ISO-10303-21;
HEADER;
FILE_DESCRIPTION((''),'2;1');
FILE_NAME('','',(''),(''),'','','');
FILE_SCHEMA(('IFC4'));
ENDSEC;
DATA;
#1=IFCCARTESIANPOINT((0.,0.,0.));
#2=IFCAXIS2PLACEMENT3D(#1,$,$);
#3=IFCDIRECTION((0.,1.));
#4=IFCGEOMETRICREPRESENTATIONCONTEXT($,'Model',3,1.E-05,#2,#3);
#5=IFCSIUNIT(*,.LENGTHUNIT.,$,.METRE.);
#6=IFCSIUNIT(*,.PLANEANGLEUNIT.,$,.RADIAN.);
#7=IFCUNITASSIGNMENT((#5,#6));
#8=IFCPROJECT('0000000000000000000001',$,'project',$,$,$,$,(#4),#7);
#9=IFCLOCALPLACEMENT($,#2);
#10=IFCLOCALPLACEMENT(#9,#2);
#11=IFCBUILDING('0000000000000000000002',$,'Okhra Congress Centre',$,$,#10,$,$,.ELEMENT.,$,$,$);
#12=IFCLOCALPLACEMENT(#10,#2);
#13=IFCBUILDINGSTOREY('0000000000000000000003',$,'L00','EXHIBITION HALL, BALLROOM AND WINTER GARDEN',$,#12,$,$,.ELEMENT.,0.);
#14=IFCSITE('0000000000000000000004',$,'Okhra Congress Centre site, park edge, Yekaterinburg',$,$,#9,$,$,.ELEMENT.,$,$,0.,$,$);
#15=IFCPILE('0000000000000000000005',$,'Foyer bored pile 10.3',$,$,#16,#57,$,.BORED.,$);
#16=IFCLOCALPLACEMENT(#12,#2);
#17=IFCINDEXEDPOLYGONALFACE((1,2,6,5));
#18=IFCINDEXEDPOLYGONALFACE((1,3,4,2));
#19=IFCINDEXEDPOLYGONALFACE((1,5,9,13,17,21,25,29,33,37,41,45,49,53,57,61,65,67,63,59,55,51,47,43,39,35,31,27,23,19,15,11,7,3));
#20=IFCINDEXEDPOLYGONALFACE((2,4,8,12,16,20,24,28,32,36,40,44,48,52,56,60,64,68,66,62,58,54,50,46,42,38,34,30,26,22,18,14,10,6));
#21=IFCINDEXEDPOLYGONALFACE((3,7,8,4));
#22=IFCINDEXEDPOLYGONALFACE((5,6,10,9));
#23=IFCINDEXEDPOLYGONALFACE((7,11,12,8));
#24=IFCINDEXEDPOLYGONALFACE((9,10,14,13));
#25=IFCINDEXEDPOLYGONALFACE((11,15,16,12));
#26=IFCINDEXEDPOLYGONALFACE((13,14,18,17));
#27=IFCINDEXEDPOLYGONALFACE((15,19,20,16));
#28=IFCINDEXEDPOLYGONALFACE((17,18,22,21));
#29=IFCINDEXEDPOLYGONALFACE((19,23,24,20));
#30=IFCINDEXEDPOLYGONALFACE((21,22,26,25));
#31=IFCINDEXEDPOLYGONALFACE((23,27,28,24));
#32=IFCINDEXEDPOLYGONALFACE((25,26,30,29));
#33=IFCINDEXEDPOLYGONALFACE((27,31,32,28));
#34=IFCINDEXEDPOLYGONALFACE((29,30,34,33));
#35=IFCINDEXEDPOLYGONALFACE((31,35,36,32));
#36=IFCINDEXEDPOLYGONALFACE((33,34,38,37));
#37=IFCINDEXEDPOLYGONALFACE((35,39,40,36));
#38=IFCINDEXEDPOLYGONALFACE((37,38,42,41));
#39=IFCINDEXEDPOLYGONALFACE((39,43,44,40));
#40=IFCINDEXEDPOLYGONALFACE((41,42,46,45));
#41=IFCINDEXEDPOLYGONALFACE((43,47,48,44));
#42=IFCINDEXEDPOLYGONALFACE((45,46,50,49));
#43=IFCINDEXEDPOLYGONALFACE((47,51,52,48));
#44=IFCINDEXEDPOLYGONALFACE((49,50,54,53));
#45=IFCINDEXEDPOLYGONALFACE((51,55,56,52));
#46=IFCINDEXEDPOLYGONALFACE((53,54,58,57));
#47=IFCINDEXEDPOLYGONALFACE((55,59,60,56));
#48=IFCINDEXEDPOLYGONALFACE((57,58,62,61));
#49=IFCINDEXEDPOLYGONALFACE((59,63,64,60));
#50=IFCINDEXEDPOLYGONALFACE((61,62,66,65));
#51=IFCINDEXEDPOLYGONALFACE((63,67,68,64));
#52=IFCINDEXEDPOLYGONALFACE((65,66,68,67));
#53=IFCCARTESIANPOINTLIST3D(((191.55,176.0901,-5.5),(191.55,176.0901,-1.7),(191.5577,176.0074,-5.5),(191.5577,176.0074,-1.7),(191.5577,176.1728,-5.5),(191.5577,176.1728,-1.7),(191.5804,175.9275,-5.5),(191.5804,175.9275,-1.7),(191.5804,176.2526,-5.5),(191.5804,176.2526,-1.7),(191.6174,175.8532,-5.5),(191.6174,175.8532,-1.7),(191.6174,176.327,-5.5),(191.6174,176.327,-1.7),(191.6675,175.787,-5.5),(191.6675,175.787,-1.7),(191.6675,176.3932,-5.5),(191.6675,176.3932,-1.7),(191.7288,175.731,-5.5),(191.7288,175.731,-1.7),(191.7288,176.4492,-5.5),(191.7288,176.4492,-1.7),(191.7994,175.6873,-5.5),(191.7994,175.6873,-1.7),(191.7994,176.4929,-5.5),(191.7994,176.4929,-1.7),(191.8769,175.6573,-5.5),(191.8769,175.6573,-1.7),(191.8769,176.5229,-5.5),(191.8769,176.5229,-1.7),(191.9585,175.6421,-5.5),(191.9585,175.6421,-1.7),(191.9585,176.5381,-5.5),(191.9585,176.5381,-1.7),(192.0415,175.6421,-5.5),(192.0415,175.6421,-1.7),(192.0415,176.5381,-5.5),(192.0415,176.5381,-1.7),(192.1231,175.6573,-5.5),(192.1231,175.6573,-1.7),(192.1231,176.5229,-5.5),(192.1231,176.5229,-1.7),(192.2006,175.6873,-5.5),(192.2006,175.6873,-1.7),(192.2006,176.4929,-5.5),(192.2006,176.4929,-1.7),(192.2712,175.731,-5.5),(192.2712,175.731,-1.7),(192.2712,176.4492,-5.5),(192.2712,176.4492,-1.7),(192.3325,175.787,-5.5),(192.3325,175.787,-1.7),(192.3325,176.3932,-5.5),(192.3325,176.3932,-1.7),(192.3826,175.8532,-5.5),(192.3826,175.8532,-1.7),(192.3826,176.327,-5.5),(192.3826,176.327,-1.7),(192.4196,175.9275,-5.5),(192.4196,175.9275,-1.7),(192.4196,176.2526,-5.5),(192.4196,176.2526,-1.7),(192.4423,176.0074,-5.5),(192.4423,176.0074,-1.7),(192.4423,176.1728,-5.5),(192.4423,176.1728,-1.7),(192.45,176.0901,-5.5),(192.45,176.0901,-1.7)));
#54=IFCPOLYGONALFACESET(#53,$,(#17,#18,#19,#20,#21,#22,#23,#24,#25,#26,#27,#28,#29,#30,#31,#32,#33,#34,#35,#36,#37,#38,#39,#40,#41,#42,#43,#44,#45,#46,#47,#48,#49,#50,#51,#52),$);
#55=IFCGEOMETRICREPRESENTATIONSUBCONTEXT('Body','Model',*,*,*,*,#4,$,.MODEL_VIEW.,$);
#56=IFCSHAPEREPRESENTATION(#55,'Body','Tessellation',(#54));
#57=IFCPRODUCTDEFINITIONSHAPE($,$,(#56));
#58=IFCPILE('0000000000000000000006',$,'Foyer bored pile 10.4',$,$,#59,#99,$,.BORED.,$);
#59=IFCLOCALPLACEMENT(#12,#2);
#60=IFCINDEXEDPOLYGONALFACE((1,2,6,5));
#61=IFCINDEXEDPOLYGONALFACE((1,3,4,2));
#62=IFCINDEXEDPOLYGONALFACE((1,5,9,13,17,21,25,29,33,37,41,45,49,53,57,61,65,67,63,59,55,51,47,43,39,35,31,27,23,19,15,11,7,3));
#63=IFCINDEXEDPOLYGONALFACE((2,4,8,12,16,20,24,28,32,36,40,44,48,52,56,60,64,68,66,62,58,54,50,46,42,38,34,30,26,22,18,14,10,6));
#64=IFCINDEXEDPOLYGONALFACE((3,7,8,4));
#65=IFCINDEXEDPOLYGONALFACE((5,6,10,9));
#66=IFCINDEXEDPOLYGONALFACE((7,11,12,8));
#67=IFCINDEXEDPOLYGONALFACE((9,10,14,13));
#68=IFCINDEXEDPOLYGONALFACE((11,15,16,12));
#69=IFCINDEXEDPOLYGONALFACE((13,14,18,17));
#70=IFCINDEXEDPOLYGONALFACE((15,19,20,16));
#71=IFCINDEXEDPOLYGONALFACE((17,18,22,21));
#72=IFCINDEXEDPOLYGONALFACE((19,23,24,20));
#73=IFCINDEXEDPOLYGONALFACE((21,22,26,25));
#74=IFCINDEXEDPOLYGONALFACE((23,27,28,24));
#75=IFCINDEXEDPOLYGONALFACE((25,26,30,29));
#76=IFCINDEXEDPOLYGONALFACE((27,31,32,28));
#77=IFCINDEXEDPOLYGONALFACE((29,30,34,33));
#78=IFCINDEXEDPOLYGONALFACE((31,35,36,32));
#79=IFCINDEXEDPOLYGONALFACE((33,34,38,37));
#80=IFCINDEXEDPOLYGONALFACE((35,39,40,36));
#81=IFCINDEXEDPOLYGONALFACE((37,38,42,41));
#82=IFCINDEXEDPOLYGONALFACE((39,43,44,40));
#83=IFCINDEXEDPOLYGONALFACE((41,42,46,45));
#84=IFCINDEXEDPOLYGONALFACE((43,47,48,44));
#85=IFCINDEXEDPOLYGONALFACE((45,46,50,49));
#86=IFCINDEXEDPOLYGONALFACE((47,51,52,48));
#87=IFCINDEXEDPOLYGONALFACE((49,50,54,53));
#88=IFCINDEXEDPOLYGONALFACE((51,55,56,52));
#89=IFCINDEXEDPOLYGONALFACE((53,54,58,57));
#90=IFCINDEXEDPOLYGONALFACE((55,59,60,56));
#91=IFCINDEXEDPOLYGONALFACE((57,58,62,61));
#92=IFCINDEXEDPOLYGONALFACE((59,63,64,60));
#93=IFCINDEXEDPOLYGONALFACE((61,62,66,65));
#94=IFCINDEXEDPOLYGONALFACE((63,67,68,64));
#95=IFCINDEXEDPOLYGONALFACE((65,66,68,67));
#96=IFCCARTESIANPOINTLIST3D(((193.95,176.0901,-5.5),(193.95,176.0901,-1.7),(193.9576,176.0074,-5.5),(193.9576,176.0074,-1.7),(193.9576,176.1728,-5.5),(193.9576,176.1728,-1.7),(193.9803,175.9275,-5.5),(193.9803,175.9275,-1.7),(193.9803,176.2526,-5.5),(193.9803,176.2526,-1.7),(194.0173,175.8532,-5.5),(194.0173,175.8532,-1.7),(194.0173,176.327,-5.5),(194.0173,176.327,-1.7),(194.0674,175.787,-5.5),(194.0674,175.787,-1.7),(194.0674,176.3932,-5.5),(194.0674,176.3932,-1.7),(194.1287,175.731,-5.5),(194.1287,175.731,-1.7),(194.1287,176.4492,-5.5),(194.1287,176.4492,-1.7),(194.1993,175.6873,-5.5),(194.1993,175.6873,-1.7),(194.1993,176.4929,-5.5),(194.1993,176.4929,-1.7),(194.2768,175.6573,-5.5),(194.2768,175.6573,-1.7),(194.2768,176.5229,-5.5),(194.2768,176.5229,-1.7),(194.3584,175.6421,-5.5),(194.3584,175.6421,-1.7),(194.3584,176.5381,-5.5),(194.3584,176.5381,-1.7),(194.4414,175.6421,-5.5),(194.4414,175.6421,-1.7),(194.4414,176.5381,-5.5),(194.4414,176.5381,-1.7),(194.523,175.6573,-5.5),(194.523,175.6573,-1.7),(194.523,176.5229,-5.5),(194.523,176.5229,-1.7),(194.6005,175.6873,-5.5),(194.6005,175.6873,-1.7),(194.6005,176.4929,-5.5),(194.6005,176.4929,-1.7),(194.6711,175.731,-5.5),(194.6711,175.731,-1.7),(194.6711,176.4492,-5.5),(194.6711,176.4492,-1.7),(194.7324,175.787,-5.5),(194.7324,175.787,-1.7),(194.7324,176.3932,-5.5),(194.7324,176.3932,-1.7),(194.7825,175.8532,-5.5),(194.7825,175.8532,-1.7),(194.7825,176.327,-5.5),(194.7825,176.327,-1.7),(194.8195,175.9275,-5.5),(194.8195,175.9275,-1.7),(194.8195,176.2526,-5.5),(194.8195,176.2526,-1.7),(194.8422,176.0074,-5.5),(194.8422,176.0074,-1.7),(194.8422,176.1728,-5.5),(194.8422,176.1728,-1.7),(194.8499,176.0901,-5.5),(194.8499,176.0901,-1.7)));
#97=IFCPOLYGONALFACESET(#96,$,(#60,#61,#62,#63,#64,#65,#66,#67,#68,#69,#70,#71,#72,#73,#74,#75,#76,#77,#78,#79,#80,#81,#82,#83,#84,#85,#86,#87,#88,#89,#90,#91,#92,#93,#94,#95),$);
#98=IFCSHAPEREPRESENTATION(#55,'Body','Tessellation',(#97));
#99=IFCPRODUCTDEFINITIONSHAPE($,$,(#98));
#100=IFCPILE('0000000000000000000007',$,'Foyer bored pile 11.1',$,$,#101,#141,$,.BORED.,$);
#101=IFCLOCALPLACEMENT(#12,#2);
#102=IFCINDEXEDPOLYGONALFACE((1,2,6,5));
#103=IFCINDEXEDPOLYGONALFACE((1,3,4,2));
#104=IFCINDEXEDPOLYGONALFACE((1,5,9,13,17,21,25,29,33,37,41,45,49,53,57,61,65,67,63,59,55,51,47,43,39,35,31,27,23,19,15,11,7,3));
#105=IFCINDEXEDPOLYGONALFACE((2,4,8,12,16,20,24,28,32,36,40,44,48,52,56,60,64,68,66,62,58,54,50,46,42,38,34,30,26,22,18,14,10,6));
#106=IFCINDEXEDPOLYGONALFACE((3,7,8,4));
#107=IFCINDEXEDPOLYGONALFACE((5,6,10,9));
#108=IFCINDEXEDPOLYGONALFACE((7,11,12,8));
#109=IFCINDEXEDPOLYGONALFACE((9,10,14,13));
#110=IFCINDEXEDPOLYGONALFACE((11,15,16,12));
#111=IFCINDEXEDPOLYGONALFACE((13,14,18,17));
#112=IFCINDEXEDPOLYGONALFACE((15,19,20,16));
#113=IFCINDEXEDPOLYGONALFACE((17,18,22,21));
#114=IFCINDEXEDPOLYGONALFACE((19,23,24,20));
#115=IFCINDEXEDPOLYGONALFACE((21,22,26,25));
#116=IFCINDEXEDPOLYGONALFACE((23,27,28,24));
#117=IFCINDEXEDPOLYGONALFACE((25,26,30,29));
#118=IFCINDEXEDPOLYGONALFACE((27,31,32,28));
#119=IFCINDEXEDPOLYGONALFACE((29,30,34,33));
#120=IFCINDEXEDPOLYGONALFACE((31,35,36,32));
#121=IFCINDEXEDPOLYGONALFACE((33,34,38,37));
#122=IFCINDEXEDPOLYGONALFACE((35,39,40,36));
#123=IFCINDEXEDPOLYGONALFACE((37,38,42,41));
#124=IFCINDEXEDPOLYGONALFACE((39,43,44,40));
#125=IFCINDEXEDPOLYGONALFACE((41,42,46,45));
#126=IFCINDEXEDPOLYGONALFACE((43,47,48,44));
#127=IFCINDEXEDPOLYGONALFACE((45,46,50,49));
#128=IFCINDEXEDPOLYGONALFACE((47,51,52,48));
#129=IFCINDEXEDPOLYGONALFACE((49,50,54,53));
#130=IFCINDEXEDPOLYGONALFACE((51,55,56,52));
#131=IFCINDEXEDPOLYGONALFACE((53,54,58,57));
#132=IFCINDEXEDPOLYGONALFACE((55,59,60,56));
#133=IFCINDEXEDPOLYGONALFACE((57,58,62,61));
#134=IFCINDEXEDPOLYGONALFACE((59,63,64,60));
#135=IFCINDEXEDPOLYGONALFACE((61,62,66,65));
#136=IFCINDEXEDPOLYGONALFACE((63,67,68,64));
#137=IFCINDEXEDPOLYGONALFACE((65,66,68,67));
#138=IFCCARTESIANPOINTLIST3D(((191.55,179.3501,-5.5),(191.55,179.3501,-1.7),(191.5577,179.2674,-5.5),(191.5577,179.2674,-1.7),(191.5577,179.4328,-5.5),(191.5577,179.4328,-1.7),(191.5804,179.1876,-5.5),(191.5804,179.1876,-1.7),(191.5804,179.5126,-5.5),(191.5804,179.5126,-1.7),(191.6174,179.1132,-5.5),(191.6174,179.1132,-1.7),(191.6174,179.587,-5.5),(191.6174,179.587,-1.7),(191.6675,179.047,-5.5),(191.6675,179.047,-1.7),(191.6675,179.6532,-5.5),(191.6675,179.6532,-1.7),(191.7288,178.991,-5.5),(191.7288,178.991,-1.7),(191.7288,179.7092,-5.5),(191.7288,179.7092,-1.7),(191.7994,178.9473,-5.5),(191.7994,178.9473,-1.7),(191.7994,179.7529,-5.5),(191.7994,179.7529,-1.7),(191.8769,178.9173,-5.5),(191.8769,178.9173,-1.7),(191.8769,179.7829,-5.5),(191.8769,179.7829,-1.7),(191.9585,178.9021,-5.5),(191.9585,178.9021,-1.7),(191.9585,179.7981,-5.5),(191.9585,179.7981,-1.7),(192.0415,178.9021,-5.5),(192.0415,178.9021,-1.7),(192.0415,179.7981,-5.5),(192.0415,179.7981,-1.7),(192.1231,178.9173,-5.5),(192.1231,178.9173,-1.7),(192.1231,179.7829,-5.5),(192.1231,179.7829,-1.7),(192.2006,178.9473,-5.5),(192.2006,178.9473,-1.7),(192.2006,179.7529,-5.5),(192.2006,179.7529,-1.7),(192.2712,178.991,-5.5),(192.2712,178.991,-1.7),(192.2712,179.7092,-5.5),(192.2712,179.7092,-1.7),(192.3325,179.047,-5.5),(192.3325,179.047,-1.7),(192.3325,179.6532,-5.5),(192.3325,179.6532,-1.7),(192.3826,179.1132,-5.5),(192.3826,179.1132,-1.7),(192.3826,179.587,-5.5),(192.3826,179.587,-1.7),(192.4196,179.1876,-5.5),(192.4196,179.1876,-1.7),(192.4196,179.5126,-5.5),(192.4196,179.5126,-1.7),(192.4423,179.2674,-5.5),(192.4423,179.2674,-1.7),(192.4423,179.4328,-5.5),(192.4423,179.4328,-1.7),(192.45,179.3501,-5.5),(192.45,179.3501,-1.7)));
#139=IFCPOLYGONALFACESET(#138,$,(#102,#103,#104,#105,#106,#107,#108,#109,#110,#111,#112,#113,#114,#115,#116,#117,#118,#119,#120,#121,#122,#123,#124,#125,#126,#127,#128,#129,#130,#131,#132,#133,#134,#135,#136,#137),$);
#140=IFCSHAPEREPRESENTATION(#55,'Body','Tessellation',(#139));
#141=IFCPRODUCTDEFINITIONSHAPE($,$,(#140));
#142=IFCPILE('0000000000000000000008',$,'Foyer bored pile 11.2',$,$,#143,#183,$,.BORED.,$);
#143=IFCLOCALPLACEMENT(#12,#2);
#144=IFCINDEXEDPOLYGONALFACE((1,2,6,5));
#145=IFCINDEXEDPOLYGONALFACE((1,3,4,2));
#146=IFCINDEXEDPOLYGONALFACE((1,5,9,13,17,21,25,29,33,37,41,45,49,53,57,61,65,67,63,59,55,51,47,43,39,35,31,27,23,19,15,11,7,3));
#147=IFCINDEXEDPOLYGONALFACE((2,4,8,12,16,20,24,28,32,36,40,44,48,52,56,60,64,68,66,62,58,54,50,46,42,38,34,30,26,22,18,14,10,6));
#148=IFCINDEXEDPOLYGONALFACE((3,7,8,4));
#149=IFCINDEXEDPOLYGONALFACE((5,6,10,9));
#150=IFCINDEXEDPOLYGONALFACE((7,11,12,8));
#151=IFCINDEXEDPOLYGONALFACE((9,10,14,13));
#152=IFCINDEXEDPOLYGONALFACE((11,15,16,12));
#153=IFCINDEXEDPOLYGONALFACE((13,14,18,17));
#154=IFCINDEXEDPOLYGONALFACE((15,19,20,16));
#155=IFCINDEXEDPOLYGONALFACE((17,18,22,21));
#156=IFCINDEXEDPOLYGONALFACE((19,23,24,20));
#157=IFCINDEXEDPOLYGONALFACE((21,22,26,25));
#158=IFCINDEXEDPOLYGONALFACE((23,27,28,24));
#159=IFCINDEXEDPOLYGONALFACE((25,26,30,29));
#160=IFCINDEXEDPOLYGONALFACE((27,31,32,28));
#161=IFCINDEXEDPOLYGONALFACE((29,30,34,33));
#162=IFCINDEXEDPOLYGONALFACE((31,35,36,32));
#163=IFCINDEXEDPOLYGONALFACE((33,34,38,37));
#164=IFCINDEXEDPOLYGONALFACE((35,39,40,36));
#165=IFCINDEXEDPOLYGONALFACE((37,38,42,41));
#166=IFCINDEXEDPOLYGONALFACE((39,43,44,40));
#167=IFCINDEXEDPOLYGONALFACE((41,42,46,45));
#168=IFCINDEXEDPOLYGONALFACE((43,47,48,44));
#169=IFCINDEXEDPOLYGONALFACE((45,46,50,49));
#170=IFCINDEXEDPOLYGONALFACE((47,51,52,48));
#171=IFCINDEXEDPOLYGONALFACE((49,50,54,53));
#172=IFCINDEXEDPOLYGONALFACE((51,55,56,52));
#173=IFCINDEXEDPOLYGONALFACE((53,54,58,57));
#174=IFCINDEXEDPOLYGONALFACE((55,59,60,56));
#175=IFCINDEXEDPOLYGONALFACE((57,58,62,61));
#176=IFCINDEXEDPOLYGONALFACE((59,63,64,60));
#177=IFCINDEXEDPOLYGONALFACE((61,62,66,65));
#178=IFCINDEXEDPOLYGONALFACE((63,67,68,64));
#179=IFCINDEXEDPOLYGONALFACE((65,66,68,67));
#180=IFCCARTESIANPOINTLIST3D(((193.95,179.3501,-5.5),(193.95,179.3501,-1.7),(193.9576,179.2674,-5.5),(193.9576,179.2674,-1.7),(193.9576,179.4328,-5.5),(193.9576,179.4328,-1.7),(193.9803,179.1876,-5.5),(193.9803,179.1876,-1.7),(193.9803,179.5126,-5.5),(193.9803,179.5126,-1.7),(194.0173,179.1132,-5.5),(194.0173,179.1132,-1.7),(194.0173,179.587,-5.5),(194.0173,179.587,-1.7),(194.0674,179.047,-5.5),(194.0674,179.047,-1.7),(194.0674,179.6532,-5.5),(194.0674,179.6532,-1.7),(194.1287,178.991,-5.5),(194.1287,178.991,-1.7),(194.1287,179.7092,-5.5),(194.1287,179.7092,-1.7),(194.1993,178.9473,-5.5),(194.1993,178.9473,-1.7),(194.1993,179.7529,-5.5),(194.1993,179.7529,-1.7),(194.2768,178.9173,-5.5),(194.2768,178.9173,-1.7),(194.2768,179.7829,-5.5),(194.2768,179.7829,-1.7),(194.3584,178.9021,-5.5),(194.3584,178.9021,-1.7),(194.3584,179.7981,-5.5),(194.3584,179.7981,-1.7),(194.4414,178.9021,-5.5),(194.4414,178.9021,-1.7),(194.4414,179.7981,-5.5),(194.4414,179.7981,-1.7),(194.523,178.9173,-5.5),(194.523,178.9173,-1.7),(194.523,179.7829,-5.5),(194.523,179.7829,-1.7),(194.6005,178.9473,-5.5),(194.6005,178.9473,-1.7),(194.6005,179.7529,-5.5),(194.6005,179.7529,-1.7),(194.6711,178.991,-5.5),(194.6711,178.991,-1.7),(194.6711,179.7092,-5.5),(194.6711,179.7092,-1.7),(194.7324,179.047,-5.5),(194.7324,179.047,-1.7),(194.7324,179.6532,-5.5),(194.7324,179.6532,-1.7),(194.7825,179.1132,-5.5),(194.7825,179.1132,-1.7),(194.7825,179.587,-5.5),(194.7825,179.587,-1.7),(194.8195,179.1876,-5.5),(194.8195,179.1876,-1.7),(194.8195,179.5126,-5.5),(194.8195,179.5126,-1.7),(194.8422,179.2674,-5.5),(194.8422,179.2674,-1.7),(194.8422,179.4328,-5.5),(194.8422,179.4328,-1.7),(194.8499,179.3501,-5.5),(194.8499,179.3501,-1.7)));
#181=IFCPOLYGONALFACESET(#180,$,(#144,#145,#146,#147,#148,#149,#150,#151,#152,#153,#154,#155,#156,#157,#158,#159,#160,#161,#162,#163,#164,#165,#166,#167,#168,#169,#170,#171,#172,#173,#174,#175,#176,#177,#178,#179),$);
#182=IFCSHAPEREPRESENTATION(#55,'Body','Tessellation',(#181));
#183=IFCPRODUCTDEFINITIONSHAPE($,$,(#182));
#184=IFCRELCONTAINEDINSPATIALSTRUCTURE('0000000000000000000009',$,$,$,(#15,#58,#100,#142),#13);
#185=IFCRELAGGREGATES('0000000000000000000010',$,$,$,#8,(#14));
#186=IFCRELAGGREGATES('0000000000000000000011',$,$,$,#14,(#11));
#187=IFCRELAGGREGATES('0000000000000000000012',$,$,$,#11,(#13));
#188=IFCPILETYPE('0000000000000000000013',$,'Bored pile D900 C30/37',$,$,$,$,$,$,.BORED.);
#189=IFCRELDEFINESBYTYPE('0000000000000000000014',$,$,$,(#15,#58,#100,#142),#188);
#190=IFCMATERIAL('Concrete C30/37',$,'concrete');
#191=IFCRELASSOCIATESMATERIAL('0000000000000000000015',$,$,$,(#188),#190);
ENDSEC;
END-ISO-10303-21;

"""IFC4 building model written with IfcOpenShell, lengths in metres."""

from ifc_helpers import new_model, si_unit, direction, frame, origin, origin_2d, place, context, subcontext, project, spatial, circle, extrude, material, material_profile, profile_set, type_object, element, save


model = new_model("IFC4")

# Units and contexts
model_context = context("Model", 3, precision=1e-05, world=origin(), true_north=direction((0.0, 1.0)))
body_context = subcontext(model_context, "Body", "Model", "MODEL_VIEW")
ifc_project = project(units=[si_unit("LENGTHUNIT", "METRE"), si_unit("PLANEANGLEUNIT", "RADIAN")], contexts=[model_context])

# Site, building, storey
site_placement = place(None, origin())
site = spatial("IfcSite", under=ifc_project, at=site_placement, Name="Okhra Congress Centre site, park edge, Yekaterinburg", CompositionType="ELEMENT", RefElevation=0.0)
building_placement = place(site_placement, origin())
building = spatial("IfcBuilding", under=site, at=building_placement, Name="Okhra Congress Centre", CompositionType="ELEMENT")
storey_placement = place(building_placement, origin())
storey = spatial("IfcBuildingStorey", under=building, at=storey_placement, Name="L00", Description="EXHIBITION HALL, BALLROOM AND WINTER GARDEN", CompositionType="ELEMENT", Elevation=0.0)

# Piles
ifc_material_1 = material(Name="Concrete C30/37", Category="concrete")
ifc_material_profile_1 = material_profile(ifc_material_1, circle(Radius=0.45, at=origin_2d()), Name="D900")
ifc_profile_set_1 = profile_set([ifc_material_profile_1], Name="Concrete C30/37")
pile_type = type_object("IfcPileType", Name="Bored pile D900 C30/37", PredefinedType="BORED", material=ifc_profile_set_1)
for number, where, z_axis, x_axis, name in (
    (1, (192.0, 176.0901, -1.7), (0.0, 0.0, -1.0), (1.0, 0.0, 0.0), "Foyer bored pile 10.3"),
    (2, (194.3999, 176.0901, -1.7), (0.0, 0.0, -1.0), (1.0, 0.0, 0.0), "Foyer bored pile 10.4"),
    (3, (192.0, 179.3501, -1.7), (0.0, 0.0, -1.0), (1.0, 0.0, 0.0), "Foyer bored pile 11.1"),
    (4, (194.3999, 179.3501, -1.7), (0.0, 0.0, -1.0), (1.0, 0.0, 0.0), "Foyer bored pile 11.2"),
):
    element("IfcPile", number, at=place(storey_placement, frame(where, z_axis=z_axis, x_axis=x_axis)), inside=storey, type_object=pile_type, Name=name, PredefinedType="BORED", context=body_context, shape_type="SweptSolid", body=[
        extrude(circle(Radius=0.45, at=origin_2d()), origin(), (0.0, 0.0, 1.0), 3.8),
    ])

save(model, "model.ifc")
